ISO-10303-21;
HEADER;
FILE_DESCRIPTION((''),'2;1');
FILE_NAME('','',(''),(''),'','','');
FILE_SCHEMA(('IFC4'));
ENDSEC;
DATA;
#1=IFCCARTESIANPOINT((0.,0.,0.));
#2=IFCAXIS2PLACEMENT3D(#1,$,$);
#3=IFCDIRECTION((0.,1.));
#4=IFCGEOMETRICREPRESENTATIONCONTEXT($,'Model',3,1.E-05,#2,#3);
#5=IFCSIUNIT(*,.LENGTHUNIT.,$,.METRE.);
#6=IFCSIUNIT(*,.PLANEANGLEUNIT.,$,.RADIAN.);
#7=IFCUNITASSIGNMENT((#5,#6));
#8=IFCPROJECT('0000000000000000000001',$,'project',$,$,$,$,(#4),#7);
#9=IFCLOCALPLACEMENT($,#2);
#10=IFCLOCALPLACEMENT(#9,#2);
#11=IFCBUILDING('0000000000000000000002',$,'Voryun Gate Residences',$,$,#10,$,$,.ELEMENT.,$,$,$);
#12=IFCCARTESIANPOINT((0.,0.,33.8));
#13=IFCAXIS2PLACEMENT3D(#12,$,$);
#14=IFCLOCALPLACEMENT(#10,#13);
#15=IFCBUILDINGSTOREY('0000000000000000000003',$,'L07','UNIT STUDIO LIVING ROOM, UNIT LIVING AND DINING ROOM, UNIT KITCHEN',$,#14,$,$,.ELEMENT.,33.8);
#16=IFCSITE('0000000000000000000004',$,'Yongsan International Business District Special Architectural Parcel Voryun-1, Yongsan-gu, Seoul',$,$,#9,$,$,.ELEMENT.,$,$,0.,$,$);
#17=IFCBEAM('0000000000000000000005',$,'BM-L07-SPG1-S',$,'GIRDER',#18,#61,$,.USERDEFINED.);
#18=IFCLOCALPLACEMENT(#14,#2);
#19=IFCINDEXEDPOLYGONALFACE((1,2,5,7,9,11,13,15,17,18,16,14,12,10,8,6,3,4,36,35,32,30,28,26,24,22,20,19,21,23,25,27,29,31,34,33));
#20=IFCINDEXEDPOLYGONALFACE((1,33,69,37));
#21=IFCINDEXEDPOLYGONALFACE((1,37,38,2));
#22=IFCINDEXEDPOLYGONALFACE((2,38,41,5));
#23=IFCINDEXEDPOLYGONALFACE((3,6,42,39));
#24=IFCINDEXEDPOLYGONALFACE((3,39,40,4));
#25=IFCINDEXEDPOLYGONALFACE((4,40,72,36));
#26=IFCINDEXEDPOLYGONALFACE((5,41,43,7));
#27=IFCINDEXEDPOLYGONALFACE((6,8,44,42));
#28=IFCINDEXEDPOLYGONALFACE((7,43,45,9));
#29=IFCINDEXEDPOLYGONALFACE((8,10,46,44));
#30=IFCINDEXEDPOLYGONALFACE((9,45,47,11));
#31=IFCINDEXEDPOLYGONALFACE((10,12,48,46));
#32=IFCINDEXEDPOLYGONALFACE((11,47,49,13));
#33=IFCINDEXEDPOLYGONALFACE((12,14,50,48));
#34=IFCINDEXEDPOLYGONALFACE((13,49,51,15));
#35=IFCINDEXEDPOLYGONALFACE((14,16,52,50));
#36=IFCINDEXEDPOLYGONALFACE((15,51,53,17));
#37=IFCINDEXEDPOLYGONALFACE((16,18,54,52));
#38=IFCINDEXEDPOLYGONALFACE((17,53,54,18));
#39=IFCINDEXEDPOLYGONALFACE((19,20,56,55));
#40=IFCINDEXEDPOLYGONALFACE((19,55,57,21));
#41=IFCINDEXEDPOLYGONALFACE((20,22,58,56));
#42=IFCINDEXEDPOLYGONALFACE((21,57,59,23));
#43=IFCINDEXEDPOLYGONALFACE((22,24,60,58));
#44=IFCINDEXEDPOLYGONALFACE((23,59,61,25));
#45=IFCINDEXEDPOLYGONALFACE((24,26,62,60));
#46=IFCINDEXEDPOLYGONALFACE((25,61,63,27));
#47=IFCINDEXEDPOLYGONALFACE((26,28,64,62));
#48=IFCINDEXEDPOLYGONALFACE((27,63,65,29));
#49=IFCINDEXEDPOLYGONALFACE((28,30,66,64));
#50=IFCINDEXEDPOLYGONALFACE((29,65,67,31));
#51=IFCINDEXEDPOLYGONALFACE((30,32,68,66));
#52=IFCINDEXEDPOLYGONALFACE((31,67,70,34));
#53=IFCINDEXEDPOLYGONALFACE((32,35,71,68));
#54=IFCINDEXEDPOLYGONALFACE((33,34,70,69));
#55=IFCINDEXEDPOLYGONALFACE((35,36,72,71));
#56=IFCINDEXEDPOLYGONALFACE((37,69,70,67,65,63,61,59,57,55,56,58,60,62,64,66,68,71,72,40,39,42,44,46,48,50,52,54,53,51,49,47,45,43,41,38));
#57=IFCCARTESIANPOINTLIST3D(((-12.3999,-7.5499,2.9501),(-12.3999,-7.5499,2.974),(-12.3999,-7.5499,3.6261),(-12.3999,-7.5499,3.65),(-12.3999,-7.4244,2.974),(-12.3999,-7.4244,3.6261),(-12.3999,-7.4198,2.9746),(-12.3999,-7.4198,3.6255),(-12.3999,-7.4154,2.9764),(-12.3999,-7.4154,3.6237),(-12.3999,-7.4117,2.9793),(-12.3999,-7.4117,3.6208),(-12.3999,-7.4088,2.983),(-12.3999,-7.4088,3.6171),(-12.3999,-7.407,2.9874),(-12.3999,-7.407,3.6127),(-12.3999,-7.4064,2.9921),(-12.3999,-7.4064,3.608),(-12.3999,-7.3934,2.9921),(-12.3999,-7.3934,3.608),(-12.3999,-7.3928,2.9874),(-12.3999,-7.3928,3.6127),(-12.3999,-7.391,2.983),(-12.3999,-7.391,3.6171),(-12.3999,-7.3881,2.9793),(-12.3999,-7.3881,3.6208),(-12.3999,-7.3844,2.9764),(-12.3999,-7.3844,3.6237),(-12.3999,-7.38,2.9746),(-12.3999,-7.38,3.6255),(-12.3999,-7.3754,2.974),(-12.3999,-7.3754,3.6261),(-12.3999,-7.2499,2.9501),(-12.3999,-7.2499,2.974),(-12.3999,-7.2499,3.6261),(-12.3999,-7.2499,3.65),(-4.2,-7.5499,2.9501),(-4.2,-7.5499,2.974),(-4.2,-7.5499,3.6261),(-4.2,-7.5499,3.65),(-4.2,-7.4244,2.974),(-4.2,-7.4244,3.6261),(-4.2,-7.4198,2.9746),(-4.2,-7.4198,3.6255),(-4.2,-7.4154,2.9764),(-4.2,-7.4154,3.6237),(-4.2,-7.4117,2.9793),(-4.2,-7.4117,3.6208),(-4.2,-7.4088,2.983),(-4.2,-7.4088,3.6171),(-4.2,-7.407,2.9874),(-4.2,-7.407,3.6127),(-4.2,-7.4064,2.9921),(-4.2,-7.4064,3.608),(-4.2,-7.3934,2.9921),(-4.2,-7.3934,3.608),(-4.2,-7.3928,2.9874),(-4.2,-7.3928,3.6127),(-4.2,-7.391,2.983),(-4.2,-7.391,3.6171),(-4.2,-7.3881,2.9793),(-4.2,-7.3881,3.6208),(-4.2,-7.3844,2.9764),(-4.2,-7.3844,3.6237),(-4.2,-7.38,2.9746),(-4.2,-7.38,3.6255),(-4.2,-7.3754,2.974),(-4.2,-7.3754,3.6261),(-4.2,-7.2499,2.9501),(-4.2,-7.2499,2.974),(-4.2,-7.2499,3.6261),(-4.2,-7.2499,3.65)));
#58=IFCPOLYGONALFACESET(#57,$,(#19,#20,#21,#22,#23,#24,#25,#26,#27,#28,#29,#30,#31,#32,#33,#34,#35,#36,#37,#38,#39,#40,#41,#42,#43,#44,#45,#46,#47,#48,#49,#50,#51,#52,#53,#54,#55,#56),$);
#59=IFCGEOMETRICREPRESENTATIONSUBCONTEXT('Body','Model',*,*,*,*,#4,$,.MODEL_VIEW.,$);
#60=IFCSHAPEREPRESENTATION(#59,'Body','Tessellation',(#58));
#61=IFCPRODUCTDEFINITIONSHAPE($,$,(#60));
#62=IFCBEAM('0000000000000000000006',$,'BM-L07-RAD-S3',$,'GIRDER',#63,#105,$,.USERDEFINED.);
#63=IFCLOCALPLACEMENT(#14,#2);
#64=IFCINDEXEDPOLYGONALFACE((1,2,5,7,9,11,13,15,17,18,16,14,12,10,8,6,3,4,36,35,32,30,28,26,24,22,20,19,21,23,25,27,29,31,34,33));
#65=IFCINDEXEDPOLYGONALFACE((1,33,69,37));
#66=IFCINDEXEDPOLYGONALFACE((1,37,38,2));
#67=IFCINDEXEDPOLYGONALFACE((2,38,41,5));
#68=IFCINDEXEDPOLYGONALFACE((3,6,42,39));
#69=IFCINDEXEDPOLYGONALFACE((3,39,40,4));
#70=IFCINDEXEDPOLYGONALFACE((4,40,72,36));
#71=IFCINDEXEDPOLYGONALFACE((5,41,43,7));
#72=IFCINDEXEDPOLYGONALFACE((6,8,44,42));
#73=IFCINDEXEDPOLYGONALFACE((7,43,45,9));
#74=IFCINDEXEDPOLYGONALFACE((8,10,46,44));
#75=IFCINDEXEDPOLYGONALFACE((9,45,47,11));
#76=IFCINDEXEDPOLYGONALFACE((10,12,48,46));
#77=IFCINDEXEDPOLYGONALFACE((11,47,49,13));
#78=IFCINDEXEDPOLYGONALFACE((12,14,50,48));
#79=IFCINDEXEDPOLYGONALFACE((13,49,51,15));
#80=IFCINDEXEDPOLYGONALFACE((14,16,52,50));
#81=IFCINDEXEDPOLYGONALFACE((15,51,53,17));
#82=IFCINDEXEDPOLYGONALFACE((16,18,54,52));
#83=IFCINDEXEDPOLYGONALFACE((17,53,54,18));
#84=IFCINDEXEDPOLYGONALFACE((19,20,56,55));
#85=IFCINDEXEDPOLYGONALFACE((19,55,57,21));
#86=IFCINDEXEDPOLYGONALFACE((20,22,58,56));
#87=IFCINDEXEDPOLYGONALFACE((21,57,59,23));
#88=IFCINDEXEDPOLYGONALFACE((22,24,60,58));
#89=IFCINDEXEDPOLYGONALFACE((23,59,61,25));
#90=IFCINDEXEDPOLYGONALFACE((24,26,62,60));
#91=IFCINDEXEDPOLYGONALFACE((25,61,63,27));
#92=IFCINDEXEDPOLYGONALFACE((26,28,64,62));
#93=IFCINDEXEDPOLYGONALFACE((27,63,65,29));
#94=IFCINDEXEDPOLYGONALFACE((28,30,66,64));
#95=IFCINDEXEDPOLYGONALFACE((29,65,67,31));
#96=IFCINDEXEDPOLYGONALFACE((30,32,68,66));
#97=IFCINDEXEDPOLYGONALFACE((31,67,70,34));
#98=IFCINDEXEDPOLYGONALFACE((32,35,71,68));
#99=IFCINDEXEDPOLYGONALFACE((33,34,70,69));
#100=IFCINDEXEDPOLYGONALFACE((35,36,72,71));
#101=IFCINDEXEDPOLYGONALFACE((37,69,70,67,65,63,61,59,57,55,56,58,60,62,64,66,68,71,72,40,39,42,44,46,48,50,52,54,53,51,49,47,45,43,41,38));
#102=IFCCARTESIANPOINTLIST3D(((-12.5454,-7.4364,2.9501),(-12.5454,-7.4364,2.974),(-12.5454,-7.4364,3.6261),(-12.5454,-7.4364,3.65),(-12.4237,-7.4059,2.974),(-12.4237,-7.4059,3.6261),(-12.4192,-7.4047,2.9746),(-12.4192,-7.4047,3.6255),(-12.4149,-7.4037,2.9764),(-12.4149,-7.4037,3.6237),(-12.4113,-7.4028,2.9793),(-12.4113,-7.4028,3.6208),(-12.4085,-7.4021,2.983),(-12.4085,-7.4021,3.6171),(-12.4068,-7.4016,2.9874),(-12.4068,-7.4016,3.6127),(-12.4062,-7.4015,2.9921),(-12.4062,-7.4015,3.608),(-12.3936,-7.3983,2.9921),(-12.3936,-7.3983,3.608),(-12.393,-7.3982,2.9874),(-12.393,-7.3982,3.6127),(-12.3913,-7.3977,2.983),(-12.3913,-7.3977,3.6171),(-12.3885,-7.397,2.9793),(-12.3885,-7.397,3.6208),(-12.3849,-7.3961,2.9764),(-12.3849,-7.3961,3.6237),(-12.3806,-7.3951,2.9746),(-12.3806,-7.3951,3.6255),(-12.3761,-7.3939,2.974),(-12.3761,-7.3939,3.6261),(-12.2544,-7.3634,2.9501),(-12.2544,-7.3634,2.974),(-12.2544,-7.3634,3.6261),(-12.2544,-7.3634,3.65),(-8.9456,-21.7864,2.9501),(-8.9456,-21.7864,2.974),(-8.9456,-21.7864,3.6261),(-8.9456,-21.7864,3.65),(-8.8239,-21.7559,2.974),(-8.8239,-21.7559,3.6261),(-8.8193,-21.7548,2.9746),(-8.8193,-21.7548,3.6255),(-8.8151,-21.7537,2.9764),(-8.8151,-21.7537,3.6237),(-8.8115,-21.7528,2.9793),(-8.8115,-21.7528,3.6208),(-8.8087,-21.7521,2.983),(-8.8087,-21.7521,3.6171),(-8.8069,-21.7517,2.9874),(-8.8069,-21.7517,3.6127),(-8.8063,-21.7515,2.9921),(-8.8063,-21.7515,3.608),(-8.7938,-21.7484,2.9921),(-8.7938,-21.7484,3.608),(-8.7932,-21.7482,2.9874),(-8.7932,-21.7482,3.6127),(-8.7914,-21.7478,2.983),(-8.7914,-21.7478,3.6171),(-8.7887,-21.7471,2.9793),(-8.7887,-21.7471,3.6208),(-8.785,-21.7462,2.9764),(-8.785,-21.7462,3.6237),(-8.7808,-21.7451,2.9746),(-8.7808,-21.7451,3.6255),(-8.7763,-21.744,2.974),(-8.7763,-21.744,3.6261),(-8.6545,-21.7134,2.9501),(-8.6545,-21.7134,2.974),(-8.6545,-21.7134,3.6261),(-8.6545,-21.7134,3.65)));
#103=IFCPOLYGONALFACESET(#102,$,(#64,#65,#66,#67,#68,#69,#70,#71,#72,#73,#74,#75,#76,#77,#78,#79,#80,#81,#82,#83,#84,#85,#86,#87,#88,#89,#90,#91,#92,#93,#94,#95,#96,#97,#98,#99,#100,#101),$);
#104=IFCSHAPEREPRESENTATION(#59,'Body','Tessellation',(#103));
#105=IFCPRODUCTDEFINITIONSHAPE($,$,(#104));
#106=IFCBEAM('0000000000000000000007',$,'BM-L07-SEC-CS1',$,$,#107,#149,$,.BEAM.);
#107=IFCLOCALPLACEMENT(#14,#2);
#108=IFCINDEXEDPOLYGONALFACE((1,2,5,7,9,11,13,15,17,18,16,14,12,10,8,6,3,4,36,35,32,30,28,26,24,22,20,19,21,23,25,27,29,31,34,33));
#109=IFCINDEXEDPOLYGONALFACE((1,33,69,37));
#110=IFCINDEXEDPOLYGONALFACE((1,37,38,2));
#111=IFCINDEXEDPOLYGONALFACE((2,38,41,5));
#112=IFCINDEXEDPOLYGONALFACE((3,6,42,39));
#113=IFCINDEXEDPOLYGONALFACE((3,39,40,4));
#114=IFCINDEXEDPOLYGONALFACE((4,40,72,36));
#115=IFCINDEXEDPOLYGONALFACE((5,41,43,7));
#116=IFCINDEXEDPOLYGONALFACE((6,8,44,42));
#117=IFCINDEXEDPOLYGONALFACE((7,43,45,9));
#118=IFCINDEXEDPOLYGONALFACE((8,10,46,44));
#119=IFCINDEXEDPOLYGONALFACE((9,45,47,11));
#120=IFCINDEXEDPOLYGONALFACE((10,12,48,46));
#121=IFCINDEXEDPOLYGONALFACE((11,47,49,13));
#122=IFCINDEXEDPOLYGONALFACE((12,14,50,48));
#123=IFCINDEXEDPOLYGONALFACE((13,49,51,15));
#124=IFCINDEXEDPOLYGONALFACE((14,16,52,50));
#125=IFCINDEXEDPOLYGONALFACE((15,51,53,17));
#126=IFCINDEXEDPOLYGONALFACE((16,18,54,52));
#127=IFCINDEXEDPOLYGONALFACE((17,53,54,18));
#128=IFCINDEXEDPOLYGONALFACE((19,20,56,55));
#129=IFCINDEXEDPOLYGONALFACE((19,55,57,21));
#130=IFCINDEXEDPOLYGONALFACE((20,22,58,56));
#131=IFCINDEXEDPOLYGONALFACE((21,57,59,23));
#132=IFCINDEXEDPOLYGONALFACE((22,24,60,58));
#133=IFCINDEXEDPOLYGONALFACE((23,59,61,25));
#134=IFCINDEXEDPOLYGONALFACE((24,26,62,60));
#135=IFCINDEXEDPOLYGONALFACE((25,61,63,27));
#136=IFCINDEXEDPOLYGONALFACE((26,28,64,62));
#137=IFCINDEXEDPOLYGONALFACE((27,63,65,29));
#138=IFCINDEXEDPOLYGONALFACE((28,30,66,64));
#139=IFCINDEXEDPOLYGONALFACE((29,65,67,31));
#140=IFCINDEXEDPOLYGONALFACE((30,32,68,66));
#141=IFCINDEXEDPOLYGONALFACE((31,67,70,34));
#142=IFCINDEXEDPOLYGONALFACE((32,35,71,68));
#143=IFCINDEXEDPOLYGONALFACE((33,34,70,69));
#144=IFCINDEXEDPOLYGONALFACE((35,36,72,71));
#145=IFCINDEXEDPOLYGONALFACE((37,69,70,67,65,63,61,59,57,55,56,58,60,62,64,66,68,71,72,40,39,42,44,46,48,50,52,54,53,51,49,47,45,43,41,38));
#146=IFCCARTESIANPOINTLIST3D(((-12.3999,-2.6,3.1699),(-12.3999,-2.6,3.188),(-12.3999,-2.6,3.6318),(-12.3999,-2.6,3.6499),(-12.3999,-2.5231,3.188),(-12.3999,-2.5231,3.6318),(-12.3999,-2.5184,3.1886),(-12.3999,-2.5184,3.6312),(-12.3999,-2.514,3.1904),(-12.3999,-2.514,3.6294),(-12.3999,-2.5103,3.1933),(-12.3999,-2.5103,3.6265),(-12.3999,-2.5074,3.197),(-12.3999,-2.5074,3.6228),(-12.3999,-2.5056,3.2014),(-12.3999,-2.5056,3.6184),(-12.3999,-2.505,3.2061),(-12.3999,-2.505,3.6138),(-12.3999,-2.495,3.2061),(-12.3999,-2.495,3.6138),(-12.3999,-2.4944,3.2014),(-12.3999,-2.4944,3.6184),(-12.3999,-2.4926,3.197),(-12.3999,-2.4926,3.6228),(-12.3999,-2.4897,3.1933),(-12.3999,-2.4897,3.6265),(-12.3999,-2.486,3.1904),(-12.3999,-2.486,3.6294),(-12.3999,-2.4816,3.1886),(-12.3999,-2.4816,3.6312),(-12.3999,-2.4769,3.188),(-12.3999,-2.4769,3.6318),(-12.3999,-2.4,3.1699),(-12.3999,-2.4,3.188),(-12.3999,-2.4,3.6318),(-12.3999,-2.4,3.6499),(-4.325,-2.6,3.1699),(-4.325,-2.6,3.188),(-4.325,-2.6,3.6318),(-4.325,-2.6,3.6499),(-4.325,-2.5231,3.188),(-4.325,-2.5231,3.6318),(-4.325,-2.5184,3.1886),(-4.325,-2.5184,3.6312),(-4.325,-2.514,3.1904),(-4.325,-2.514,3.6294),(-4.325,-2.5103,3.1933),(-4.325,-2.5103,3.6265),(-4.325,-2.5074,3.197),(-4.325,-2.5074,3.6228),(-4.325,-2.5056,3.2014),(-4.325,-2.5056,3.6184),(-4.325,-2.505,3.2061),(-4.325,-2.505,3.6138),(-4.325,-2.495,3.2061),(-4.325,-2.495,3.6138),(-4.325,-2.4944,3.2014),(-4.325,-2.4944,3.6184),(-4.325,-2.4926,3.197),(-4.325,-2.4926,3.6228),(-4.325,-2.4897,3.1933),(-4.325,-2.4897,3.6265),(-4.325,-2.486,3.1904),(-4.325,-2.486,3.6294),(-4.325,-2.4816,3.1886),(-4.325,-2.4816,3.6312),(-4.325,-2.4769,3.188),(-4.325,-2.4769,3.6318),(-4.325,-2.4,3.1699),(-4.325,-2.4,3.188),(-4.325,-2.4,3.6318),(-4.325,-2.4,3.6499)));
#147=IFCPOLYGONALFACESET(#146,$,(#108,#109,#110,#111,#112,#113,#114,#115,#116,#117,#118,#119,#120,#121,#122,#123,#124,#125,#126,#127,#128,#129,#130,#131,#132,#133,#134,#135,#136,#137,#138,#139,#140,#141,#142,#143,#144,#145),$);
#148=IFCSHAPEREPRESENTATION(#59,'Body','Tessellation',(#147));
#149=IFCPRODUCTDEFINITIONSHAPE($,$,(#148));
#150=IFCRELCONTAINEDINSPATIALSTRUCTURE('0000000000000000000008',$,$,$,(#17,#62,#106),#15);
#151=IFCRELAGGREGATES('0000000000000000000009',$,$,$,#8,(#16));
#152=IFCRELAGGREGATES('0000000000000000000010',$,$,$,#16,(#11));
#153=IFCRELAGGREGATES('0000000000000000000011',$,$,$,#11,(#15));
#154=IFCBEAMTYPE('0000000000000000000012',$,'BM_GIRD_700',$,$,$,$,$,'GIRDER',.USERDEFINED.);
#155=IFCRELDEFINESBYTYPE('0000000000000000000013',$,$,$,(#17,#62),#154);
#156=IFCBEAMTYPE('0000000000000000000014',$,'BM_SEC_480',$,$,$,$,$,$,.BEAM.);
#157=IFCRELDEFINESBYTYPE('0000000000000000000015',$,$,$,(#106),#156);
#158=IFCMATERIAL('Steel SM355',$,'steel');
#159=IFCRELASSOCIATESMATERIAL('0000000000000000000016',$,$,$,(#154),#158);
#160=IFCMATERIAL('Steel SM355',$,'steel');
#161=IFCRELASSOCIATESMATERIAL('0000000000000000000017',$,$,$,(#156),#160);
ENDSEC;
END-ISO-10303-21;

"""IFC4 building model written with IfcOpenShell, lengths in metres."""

from ifc_helpers import new_model, si_unit, direction, frame, origin, origin_2d, place, context, subcontext, project, spatial, i_section, extrude, material, material_profile, profile_set, type_object, element, save


model = new_model("IFC4")

# Units and contexts
model_context = context("Model", 3, precision=1e-05, world=origin(), true_north=direction((0.0, 1.0)))
body_context = subcontext(model_context, "Body", "Model", "MODEL_VIEW")
ifc_project = project(units=[si_unit("LENGTHUNIT", "METRE"), si_unit("PLANEANGLEUNIT", "RADIAN")], contexts=[model_context])

# Site, building, storey
site_placement = place(None, origin())
site = spatial("IfcSite", under=ifc_project, at=site_placement, Name="Yongsan International Business District Special Architectural Parcel Voryun-1, Yongsan-gu, Seoul", CompositionType="ELEMENT", RefElevation=0.0)
building_placement = place(site_placement, origin())
building = spatial("IfcBuilding", under=site, at=building_placement, Name="Voryun Gate Residences", CompositionType="ELEMENT")
storey_placement = place(building_placement, frame((0.0, 0.0, 33.8)))
storey = spatial("IfcBuildingStorey", under=building, at=storey_placement, Name="L07", Description="UNIT STUDIO LIVING ROOM, UNIT LIVING AND DINING ROOM, UNIT KITCHEN", CompositionType="ELEMENT", Elevation=33.8)

# Beams
ifc_material_1 = material(Name="Steel SM355", Category="steel")
ifc_material_profile_1 = material_profile(ifc_material_1, i_section(OverallWidth=0.3, OverallDepth=0.7, WebThickness=0.0129, FlangeThickness=0.0239, FilletRadius=0.0181, at=origin_2d()), Name="H-700x300x13x24")
ifc_profile_set_1 = profile_set([ifc_material_profile_1], Name="Steel SM355")
beam_type_1 = type_object("IfcBeamType", Name="BM_GIRD_700", ElementType="GIRDER", PredefinedType="USERDEFINED", material=ifc_profile_set_1)
beam_1_placement = place(storey_placement, frame((-12.3999, -7.3999, 3.3), z_axis=(1.0, 0.0, 0.0), x_axis=(0.0, 1.0, 0.0)))
element("IfcBeam", 1, at=beam_1_placement, inside=storey, type_object=beam_type_1, Name="BM-L07-SPG1-S", ObjectType="GIRDER", PredefinedType="USERDEFINED", context=body_context, shape_type="SweptSolid", body=[
    extrude(i_section(OverallWidth=0.3, OverallDepth=0.7, WebThickness=0.0129, FlangeThickness=0.0239, FilletRadius=0.0181, at=origin_2d()), origin(), (0.0, 0.0, 1.0), 8.2),
])
beam_2_placement = place(storey_placement, frame((-12.3999, -7.3999, 3.3), z_axis=(0.24332, -0.969946, 0.0), x_axis=(0.969946, 0.24332, 0.0)))
element("IfcBeam", 2, at=beam_2_placement, inside=storey, type_object=beam_type_1, Name="BM-L07-RAD-S3", ObjectType="GIRDER", PredefinedType="USERDEFINED", context=body_context, shape_type="SweptSolid", body=[
    extrude(i_section(OverallWidth=0.3, OverallDepth=0.7, WebThickness=0.0129, FlangeThickness=0.0239, FilletRadius=0.0181, at=origin_2d()), origin(), (0.0, 0.0, 1.0), 14.7947),
])
ifc_material_2 = material(Name="Steel SM355", Category="steel")
ifc_material_profile_2 = material_profile(ifc_material_2, i_section(OverallWidth=0.2, OverallDepth=0.48, WebThickness=0.01, FlangeThickness=0.0181, FilletRadius=0.0181, at=origin_2d()), Name="H-480x200x10x18")
ifc_profile_set_2 = profile_set([ifc_material_profile_2], Name="Steel SM355")
beam_type_2 = type_object("IfcBeamType", Name="BM_SEC_480", PredefinedType="BEAM", material=ifc_profile_set_2)
beam_3_placement = place(storey_placement, frame((-12.3999, -2.5, 3.4099), z_axis=(1.0, 0.0, 0.0), x_axis=(0.0, 1.0, 0.0)))
element("IfcBeam", 3, at=beam_3_placement, inside=storey, type_object=beam_type_2, Name="BM-L07-SEC-CS1", PredefinedType="BEAM", context=body_context, shape_type="SweptSolid", body=[
    extrude(i_section(OverallWidth=0.2, OverallDepth=0.48, WebThickness=0.01, FlangeThickness=0.0181, FilletRadius=0.0181, at=origin_2d()), origin(), (0.0, 0.0, 1.0), 8.075),
])

save(model, "model.ifc")
